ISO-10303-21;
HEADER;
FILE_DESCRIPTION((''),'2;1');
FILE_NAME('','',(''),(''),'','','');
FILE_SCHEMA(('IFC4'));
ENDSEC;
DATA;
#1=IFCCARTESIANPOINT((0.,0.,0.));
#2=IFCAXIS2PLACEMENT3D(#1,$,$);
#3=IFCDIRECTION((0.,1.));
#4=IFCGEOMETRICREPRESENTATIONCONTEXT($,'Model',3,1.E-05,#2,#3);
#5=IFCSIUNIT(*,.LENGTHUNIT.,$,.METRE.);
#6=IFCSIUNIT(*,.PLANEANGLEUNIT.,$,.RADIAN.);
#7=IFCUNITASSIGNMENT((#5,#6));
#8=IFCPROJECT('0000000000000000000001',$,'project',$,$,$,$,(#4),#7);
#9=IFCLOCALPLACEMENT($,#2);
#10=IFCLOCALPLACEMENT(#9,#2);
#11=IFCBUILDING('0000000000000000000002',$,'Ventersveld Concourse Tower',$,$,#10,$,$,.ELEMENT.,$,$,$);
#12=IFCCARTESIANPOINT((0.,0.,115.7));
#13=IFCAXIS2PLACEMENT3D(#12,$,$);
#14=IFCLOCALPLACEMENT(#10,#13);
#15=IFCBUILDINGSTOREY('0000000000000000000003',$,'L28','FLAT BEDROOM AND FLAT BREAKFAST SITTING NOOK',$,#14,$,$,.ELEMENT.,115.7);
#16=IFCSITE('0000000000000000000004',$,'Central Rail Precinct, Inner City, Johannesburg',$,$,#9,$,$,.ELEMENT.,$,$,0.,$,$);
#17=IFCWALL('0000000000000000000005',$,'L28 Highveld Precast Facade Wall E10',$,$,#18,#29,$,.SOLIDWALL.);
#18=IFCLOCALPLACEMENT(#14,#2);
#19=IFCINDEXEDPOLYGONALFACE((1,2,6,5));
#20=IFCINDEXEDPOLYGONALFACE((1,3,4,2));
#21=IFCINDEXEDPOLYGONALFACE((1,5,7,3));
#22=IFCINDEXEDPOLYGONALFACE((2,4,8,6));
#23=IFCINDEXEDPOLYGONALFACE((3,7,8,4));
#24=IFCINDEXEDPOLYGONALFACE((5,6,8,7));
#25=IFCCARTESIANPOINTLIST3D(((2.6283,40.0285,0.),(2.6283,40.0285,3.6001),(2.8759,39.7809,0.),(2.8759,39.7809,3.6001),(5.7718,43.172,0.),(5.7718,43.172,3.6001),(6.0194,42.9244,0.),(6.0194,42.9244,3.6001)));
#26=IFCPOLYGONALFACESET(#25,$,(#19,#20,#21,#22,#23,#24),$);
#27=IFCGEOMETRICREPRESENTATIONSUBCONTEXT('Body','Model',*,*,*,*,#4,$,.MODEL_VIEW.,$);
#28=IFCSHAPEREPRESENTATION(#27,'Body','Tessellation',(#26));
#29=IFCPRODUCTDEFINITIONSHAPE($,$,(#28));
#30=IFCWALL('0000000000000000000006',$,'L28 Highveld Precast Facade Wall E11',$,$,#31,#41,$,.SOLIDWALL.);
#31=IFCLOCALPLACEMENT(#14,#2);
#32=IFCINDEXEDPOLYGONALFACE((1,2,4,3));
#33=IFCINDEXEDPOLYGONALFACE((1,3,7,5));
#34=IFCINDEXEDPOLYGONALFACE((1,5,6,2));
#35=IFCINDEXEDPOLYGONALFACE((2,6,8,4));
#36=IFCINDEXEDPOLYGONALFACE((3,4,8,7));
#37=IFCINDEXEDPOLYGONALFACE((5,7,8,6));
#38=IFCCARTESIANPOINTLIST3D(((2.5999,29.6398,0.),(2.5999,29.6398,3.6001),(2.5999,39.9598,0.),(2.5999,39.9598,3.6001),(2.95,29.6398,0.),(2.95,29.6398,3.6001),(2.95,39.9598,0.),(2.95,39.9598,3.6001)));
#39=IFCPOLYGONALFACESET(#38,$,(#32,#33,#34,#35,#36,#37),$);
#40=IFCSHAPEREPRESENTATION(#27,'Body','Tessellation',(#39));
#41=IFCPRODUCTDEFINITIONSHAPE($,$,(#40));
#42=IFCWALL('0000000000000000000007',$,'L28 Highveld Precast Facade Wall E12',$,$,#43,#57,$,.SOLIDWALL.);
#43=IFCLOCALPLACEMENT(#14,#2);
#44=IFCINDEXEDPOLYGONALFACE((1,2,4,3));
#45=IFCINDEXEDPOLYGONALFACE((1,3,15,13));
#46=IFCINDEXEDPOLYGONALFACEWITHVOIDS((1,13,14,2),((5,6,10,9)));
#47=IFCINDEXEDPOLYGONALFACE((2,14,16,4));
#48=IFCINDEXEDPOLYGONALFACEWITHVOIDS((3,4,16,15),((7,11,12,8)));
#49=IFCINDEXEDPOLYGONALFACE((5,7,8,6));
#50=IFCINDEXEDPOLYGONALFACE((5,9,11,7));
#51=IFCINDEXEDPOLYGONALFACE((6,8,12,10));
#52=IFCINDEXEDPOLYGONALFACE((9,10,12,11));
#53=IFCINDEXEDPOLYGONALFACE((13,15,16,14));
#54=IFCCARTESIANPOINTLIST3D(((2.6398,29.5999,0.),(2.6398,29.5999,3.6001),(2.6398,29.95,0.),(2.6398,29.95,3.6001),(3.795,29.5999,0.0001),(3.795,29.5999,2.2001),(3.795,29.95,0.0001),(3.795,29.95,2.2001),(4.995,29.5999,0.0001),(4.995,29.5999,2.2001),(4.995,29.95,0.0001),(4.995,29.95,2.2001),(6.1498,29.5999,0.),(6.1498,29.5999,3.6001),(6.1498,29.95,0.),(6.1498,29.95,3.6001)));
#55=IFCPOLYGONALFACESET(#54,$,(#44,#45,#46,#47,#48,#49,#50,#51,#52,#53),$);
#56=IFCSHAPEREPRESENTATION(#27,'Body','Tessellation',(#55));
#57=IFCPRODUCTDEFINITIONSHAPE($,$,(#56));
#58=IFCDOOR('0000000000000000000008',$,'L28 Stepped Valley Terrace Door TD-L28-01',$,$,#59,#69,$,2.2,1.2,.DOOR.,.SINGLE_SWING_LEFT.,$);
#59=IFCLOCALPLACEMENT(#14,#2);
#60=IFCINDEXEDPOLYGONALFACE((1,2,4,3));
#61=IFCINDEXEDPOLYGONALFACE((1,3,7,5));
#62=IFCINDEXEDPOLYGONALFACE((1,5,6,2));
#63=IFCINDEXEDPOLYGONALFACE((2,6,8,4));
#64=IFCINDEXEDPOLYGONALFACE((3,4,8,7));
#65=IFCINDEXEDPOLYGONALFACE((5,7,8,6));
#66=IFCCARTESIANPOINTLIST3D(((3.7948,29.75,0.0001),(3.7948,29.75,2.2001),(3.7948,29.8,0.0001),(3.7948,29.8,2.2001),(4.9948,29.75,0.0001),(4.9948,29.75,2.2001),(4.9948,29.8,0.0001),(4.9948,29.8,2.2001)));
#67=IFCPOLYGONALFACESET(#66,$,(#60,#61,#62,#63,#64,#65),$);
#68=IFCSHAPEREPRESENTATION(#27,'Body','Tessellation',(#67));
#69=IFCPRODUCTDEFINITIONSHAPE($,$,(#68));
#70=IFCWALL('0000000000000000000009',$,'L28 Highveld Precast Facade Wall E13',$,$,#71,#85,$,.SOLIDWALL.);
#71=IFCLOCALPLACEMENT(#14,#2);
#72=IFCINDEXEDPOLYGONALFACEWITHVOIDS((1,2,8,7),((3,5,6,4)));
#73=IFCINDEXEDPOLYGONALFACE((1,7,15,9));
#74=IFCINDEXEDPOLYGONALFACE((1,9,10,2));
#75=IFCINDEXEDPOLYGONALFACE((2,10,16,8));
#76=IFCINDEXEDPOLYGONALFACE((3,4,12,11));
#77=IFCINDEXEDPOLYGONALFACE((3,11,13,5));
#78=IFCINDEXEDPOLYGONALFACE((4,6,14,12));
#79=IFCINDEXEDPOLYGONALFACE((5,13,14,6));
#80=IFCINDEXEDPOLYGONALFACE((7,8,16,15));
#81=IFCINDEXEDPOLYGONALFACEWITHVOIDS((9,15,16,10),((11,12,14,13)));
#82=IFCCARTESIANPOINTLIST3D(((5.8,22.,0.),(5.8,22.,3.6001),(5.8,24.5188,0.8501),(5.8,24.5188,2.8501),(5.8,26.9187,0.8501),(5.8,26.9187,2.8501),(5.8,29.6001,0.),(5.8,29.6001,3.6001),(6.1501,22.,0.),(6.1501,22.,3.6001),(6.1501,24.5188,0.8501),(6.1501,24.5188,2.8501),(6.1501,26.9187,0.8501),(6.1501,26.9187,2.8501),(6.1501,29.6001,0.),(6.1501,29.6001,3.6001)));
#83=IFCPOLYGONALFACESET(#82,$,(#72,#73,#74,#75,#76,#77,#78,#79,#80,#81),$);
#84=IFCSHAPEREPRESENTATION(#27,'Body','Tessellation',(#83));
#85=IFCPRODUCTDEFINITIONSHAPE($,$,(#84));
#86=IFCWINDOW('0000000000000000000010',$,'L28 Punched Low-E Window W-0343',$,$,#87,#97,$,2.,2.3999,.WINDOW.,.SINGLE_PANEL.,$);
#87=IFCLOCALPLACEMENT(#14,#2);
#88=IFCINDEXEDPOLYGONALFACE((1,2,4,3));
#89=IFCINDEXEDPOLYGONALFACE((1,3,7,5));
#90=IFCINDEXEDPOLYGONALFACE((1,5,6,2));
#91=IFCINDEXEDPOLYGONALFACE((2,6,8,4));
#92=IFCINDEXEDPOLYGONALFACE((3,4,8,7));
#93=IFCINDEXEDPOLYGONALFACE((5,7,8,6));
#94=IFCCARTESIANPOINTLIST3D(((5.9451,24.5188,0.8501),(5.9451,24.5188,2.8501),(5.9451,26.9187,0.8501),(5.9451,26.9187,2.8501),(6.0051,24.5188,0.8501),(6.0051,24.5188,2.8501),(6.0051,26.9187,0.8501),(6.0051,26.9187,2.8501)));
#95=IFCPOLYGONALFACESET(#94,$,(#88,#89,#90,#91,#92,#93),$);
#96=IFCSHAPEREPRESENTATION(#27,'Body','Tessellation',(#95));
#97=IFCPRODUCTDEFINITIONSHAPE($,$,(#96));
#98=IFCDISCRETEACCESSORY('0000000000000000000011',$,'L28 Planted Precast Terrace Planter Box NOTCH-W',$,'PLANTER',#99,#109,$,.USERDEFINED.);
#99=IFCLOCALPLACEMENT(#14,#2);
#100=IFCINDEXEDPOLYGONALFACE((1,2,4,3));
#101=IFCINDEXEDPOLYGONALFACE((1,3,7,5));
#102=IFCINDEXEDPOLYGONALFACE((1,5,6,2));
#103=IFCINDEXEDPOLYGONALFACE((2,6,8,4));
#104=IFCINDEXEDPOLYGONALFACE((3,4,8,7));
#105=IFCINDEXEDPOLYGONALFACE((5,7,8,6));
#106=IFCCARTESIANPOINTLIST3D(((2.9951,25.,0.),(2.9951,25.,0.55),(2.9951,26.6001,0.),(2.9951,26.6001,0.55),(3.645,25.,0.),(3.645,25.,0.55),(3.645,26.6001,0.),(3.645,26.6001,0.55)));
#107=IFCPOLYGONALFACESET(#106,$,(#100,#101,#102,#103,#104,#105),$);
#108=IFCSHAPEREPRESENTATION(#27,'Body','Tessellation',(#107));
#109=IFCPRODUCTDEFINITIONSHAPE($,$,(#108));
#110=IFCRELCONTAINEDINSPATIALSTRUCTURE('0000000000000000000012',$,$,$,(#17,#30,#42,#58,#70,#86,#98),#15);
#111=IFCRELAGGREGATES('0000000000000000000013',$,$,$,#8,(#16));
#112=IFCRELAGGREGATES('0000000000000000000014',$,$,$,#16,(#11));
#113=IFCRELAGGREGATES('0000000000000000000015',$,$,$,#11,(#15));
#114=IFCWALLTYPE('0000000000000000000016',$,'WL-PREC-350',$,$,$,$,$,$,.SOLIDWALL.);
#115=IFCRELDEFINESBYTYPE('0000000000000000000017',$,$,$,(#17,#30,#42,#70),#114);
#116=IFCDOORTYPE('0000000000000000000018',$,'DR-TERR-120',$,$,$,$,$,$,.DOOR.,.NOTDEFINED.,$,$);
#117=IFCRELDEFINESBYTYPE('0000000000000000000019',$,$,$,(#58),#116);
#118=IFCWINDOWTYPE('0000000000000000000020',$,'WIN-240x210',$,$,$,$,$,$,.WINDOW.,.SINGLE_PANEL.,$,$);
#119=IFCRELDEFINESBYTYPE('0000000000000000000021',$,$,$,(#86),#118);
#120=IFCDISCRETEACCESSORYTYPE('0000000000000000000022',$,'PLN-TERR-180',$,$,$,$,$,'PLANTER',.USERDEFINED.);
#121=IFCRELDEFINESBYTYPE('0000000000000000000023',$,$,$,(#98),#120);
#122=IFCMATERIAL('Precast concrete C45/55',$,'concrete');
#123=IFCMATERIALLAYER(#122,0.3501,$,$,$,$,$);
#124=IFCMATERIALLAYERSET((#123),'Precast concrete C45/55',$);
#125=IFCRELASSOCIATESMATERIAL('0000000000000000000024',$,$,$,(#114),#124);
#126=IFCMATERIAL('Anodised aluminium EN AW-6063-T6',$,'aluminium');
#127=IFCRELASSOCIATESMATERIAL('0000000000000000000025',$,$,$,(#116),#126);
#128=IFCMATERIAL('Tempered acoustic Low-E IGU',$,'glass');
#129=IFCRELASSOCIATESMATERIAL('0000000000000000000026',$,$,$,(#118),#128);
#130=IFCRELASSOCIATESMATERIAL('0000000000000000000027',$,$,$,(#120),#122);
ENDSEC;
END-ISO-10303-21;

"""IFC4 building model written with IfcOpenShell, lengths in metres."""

from ifc_helpers import new_model, si_unit, direction, frame, frame_2d, origin, origin_2d, place, context, subcontext, project, spatial, rectangle, extrude, material, layer, layer_set, type_object, element, fill, save


model = new_model("IFC4")

# Units and contexts
model_context = context("Model", 3, precision=1e-05, world=origin(), true_north=direction((0.0, 1.0)))
body_context = subcontext(model_context, "Body", "Model", "MODEL_VIEW")
ifc_project = project(units=[si_unit("LENGTHUNIT", "METRE"), si_unit("PLANEANGLEUNIT", "RADIAN")], contexts=[model_context])

# Site, building, storey
site_placement = place(None, origin())
site = spatial("IfcSite", under=ifc_project, at=site_placement, Name="Central Rail Precinct, Inner City, Johannesburg", CompositionType="ELEMENT", RefElevation=0.0)
building_placement = place(site_placement, origin())
building = spatial("IfcBuilding", under=site, at=building_placement, Name="Ventersveld Concourse Tower", CompositionType="ELEMENT")
storey_placement = place(building_placement, frame((0.0, 0.0, 115.7)))
storey = spatial("IfcBuildingStorey", under=building, at=storey_placement, Name="L28", Description="FLAT BEDROOM AND FLAT BREAKFAST SITTING NOOK", CompositionType="ELEMENT", Elevation=115.7)

# Walls
ifc_material_1 = material(Name="Precast concrete C45/55", Category="concrete")
ifc_layer_1 = layer(ifc_material_1, 0.3501)
ifc_layer_set_1 = layer_set([ifc_layer_1], Name="Precast concrete C45/55")
wall_type_1 = type_object("IfcWallType", Name="WL-PREC-350", PredefinedType="SOLIDWALL", material=ifc_layer_set_1)
wall_1_placement = place(storey_placement, frame((5.8955, 43.0481, 0.0), z_axis=(0.0, 0.0, 1.0), x_axis=(-0.707107, -0.707107, 0.0)))
element("IfcWall", 1, at=wall_1_placement, inside=storey, type_object=wall_type_1, Name="L28 Highveld Precast Facade Wall E10", PredefinedType="SOLIDWALL", context=body_context, shape_type="SweptSolid", body=[
    extrude(rectangle(XDim=4.4456, YDim=0.3501, at=frame_2d((2.2227, 0.0))), origin(), (0.0, 0.0, 1.0), 3.6001),
])
wall_2_placement = place(storey_placement, frame((2.7749, 39.96, 0.0), z_axis=(0.0, 0.0, 1.0), x_axis=(0.0, -1.0, 0.0)))
element("IfcWall", 2, at=wall_2_placement, inside=storey, type_object=wall_type_1, Name="L28 Highveld Precast Facade Wall E11", PredefinedType="SOLIDWALL", context=body_context, shape_type="SweptSolid", body=[
    extrude(rectangle(XDim=10.3201, YDim=0.3501, at=frame_2d((5.1602, 0.0))), origin(), (0.0, 0.0, 1.0), 3.6001),
])

# Wall, opening, door
wall_3_placement = place(storey_placement, frame((2.6399, 29.7749, 0.0), z_axis=(0.0, 0.0, 1.0), x_axis=(1.0, 0.0, 0.0)))
wall_3 = element("IfcWall", 3, at=wall_3_placement, inside=storey, type_object=wall_type_1, Name="L28 Highveld Precast Facade Wall E12", PredefinedType="SOLIDWALL", context=body_context, shape_type="SweptSolid", body=[
    extrude(rectangle(XDim=3.51, YDim=0.3501, at=frame_2d((1.7549, 0.0))), origin(), (0.0, 0.0, 1.0), 3.6001),
])
opening_1_placement = place(wall_3_placement, frame((1.155, 0.0, 0.0)))
opening_1 = element("IfcOpeningElement", 4, at=opening_1_placement, cuts=wall_3, PredefinedType="OPENING", context=body_context, shape_type="SweptSolid", body=[
    extrude(rectangle(XDim=1.2, YDim=2.2, at=frame_2d((0.6001, 1.1001))), frame((0.0, 0.1851, 0.0), z_axis=(0.0, -1.0, 0.0), x_axis=(1.0, 0.0, 0.0)), (0.0, 0.0, 1.0), 0.3701),
])
ifc_material_2 = material(Name="Anodised aluminium EN AW-6063-T6", Category="aluminium")
door_type_1 = type_object("IfcDoorType", Name="DR-TERR-120", OperationType="NOTDEFINED", PredefinedType="DOOR", material=ifc_material_2)
door_1_placement = place(opening_1_placement, frame((1.2, 0.0, 0.0), z_axis=(0.0, 0.0, 1.0), x_axis=(-1.0, 0.0, 0.0)))
door_1 = element("IfcDoor", 5, at=door_1_placement, inside=storey, type_object=door_type_1, Name="L28 Stepped Valley Terrace Door TD-L28-01", OperationType="SINGLE_SWING_LEFT", OverallHeight=2.2, OverallWidth=1.2, PredefinedType="DOOR", context=body_context, shape_type="SweptSolid", body=[
    extrude(rectangle(XDim=1.2, YDim=2.2, at=frame_2d((0.6001, 1.1001))), frame((0.0, 0.0249, 0.0), z_axis=(0.0, -1.0, 0.0), x_axis=(1.0, 0.0, 0.0)), (0.0, 0.0, 1.0), 0.05),
])
fill(opening_1, door_1)

# Wall, opening, window
wall_4_placement = place(storey_placement, frame((5.9751, 29.6001, 0.0), z_axis=(0.0, 0.0, 1.0), x_axis=(0.0, -1.0, 0.0)))
wall_4 = element("IfcWall", 6, at=wall_4_placement, inside=storey, type_object=wall_type_1, Name="L28 Highveld Precast Facade Wall E13", PredefinedType="SOLIDWALL", context=body_context, shape_type="SweptSolid", body=[
    extrude(rectangle(XDim=7.6001, YDim=0.3501, at=frame_2d((3.8, 0.0))), origin(), (0.0, 0.0, 1.0), 3.6001),
])
opening_2_placement = place(wall_4_placement, frame((2.6814, 0.0, 0.8501)))
opening_2 = element("IfcOpeningElement", 7, at=opening_2_placement, cuts=wall_4, PredefinedType="OPENING", context=body_context, shape_type="SweptSolid", body=[
    extrude(rectangle(XDim=2.3999, YDim=2.0, at=frame_2d((1.2, 1.0))), frame((0.0, 0.1851, 0.0), z_axis=(0.0, -1.0, 0.0), x_axis=(1.0, 0.0, 0.0)), (0.0, 0.0, 1.0), 0.3701),
])
ifc_material_3 = material(Name="Tempered acoustic Low-E IGU", Category="glass")
window_type = type_object("IfcWindowType", Name="WIN-240x210", PartitioningType="SINGLE_PANEL", PredefinedType="WINDOW", material=ifc_material_3)
window_placement = place(opening_2_placement, origin())
window = element("IfcWindow", 8, at=window_placement, inside=storey, type_object=window_type, Name="L28 Punched Low-E Window W-0343", OverallHeight=2.0, OverallWidth=2.3999, PartitioningType="SINGLE_PANEL", PredefinedType="WINDOW", context=body_context, shape_type="SweptSolid", body=[
    extrude(rectangle(XDim=2.3999, YDim=2.0, at=frame_2d((1.2, 1.0))), frame((0.0, 0.03, 0.0), z_axis=(0.0, -1.0, 0.0), x_axis=(1.0, 0.0, 0.0)), (0.0, 0.0, 1.0), 0.0601),
])
fill(opening_2, window)

# Discrete accessory
discrete_accessory_type = type_object("IfcDiscreteAccessoryType", Name="PLN-TERR-180", ElementType="PLANTER", PredefinedType="USERDEFINED", material=ifc_material_1)
discrete_accessory_placement = place(storey_placement, frame((3.3201, 25.8, 0.0), z_axis=(0.0, 0.0, 1.0), x_axis=(0.0, 1.0, 0.0)))
element("IfcDiscreteAccessory", 9, at=discrete_accessory_placement, inside=storey, type_object=discrete_accessory_type, Name="L28 Planted Precast Terrace Planter Box NOTCH-W", ObjectType="PLANTER", PredefinedType="USERDEFINED", context=body_context, shape_type="SweptSolid", body=[
    extrude(rectangle(XDim=1.6001, YDim=0.6499, at=origin_2d()), origin(), (0.0, 0.0, 1.0), 0.55),
])

save(model, "model.ifc")
